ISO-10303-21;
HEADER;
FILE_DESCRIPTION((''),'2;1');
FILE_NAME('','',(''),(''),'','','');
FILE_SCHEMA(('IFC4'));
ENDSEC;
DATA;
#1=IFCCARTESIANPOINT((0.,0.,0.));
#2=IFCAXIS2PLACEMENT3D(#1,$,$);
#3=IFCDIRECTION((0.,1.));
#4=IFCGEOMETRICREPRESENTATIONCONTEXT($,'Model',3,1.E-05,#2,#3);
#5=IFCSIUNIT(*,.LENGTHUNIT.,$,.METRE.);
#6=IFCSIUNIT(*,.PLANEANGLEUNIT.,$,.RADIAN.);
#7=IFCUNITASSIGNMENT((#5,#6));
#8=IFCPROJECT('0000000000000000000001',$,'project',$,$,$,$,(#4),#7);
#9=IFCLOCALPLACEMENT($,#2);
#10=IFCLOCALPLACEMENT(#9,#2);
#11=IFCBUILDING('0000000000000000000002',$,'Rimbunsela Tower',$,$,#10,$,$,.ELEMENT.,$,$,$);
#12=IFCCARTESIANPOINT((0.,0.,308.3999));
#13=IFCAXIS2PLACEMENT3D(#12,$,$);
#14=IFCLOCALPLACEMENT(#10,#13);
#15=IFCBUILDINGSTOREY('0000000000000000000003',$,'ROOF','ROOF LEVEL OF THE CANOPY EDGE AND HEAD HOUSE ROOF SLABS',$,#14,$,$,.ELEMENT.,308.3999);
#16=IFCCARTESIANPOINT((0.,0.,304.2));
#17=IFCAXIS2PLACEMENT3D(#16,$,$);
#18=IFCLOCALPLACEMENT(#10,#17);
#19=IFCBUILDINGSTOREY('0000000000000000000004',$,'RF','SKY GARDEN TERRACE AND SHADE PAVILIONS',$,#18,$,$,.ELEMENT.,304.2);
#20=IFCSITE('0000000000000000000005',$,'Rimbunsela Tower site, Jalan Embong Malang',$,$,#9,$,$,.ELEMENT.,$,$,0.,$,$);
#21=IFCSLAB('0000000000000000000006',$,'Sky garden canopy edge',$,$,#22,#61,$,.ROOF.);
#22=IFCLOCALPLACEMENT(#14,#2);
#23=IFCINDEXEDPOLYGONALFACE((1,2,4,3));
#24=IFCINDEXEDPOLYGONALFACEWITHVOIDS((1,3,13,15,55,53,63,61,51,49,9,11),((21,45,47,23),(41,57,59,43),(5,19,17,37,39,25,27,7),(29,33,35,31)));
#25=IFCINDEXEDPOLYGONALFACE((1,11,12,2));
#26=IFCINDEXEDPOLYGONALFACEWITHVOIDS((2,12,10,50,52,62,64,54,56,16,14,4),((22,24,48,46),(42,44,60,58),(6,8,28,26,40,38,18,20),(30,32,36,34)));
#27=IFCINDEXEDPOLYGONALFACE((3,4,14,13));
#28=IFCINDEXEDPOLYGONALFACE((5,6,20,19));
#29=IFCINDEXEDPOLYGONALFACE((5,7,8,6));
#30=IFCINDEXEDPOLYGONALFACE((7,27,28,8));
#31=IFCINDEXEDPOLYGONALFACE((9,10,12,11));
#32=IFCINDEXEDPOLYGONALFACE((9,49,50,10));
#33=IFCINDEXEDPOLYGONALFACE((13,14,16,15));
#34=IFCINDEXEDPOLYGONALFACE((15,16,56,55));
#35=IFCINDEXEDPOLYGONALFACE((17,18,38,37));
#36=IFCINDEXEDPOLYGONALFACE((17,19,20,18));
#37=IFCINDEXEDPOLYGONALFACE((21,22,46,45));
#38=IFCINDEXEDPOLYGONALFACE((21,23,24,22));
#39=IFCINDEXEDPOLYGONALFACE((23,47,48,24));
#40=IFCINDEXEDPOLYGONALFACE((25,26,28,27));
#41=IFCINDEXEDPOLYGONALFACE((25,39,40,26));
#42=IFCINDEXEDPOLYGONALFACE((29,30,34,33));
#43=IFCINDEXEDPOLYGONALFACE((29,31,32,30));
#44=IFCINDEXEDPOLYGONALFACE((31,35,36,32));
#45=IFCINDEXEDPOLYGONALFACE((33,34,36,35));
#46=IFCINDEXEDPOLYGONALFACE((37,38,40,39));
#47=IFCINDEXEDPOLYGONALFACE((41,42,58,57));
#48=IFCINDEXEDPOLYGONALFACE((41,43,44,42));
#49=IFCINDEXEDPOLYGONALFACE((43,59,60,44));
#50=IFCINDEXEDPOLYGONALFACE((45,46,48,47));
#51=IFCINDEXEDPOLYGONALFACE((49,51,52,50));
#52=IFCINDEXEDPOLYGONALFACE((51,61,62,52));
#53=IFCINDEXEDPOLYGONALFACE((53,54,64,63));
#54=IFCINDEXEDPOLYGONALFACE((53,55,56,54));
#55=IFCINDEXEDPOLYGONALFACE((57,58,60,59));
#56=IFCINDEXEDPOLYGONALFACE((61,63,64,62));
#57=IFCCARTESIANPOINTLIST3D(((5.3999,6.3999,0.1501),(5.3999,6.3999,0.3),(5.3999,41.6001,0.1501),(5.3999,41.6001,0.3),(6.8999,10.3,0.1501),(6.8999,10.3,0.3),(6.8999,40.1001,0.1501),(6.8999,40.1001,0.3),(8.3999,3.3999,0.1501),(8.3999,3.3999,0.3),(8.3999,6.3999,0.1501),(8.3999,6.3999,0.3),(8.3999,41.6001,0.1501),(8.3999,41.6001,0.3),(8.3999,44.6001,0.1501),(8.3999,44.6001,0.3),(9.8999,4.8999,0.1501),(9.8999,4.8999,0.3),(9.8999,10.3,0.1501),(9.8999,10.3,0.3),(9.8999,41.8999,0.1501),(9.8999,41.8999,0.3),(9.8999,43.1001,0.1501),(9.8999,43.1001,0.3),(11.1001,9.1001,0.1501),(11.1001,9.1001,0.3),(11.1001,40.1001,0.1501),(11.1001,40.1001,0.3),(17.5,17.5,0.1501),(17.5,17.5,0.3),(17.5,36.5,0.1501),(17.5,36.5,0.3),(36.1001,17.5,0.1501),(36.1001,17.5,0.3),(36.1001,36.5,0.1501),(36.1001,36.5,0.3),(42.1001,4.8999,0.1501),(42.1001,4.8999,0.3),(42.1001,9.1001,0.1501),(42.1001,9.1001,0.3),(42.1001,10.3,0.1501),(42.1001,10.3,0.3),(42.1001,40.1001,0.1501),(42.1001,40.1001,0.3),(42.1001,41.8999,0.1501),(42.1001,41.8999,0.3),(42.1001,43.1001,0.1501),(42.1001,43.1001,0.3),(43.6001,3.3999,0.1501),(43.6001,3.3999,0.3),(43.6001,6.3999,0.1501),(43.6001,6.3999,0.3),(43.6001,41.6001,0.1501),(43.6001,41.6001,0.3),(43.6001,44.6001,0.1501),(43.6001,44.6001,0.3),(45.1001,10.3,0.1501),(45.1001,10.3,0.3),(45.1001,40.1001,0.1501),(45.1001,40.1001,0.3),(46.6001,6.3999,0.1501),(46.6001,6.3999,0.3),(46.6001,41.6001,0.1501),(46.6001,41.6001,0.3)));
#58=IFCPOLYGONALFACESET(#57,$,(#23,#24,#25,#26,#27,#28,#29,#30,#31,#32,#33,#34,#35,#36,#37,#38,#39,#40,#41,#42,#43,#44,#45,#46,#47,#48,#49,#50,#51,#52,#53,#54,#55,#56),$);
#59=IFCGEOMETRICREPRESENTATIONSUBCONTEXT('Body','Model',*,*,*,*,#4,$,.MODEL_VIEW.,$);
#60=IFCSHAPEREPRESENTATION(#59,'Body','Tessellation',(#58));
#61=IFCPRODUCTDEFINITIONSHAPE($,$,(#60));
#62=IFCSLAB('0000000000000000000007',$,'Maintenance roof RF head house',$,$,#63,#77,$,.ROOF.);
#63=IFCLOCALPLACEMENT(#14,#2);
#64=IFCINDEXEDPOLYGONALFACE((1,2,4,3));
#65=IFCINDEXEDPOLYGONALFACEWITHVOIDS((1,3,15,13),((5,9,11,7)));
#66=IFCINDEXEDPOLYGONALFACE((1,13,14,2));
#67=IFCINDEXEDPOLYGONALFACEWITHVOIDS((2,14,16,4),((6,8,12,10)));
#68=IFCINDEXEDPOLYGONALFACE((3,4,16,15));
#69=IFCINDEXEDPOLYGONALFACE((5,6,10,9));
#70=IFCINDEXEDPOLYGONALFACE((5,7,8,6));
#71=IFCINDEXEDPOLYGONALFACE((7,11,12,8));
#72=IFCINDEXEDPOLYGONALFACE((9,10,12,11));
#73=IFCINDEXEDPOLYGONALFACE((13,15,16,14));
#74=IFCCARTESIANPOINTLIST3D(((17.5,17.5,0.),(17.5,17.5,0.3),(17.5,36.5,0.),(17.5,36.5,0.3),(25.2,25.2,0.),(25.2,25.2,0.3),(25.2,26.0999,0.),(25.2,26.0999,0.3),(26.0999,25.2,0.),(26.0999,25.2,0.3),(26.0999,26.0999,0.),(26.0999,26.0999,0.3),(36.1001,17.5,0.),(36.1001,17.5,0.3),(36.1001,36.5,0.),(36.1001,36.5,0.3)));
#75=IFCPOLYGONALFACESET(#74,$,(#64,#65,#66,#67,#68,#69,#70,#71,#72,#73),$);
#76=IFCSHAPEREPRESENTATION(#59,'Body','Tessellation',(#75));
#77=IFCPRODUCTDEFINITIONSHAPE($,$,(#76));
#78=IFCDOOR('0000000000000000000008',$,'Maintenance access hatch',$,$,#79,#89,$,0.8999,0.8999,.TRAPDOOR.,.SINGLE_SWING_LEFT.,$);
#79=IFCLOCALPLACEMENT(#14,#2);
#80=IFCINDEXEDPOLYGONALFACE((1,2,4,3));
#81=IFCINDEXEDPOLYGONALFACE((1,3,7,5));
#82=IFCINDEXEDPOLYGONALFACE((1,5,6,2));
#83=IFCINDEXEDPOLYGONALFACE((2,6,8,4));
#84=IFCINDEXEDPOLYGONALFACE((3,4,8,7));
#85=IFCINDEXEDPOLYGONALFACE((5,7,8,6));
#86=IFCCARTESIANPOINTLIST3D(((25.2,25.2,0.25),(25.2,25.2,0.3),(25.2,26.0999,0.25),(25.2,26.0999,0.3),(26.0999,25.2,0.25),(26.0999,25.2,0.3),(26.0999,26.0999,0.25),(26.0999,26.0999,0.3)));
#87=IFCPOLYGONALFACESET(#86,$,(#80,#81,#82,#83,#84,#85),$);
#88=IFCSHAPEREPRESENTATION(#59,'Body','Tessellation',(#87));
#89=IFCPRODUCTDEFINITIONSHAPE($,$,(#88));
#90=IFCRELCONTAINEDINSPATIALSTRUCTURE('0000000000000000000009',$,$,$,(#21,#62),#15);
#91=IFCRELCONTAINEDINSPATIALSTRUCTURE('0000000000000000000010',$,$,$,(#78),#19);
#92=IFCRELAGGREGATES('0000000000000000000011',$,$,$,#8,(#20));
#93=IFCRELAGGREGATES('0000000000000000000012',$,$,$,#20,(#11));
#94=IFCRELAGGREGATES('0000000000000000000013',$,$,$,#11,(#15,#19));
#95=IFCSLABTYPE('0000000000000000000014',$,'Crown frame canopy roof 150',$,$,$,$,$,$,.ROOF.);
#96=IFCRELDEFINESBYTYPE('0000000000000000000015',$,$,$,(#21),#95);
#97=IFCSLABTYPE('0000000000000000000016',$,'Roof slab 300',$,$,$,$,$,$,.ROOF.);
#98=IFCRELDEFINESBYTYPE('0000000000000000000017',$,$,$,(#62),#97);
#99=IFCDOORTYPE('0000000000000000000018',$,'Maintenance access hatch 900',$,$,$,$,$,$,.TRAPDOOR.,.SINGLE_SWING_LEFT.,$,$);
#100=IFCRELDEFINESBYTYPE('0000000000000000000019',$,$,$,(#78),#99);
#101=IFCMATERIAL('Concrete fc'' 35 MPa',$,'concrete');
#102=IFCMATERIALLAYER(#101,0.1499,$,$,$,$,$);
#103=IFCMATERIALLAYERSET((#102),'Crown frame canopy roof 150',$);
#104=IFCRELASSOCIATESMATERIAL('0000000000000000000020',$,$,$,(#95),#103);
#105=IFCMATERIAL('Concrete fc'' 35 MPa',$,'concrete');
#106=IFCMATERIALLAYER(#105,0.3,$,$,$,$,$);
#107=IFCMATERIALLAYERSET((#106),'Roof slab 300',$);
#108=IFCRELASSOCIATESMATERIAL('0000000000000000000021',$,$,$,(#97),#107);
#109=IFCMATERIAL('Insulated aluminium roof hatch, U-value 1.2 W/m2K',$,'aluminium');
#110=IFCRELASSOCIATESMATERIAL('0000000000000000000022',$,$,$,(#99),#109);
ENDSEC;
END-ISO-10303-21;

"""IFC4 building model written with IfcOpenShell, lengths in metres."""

from ifc_helpers import new_model, si_unit, direction, frame, origin, origin_2d, place, context, subcontext, project, spatial, polyline, rectangle, outline, extrude, material, layer, layer_set, type_object, element, fill, save


model = new_model("IFC4")

# Units and contexts
model_context = context("Model", 3, precision=1e-05, world=origin(), true_north=direction((0.0, 1.0)))
body_context = subcontext(model_context, "Body", "Model", "MODEL_VIEW")
ifc_project = project(units=[si_unit("LENGTHUNIT", "METRE"), si_unit("PLANEANGLEUNIT", "RADIAN")], contexts=[model_context])

# Site, building, storey
site_placement = place(None, origin())
site = spatial("IfcSite", under=ifc_project, at=site_placement, Name="Rimbunsela Tower site, Jalan Embong Malang", CompositionType="ELEMENT", RefElevation=0.0)
building_placement = place(site_placement, origin())
building = spatial("IfcBuilding", under=site, at=building_placement, Name="Rimbunsela Tower", CompositionType="ELEMENT")
storey_1_placement = place(building_placement, frame((0.0, 0.0, 308.3999)))
storey_1 = spatial("IfcBuildingStorey", under=building, at=storey_1_placement, Name="ROOF", Description="ROOF LEVEL OF THE CANOPY EDGE AND HEAD HOUSE ROOF SLABS", CompositionType="ELEMENT", Elevation=308.3999)

# Slab
ifc_material_1 = material(Name="Concrete fc' 35 MPa", Category="concrete")
ifc_layer_1 = layer(ifc_material_1, 0.1499)
ifc_layer_set_1 = layer_set([ifc_layer_1], Name="Crown frame canopy roof 150")
slab_type_1 = type_object("IfcSlabType", Name="Crown frame canopy roof 150", PredefinedType="ROOF", material=ifc_layer_set_1)
slab_1_placement = place(storey_1_placement, frame((0.0, 0.0, 0.1501)))
element("IfcSlab", 1, at=slab_1_placement, inside=storey_1, type_object=slab_type_1, Name="Sky garden canopy edge", PredefinedType="ROOF", context=body_context, shape_type="SweptSolid", body=[
    extrude(outline(polyline([(5.3999, 6.3999), (5.3999, 41.6001), (8.3999, 41.6001), (8.3999, 44.6001), (43.6001, 44.6001), (43.6001, 41.6001), (46.6001, 41.6001), (46.6001, 6.3999), (43.6001, 6.3999), (43.6001, 3.3999), (8.3999, 3.3999), (8.3999, 6.3999), (5.3999, 6.3999)]), holes=[polyline([(17.5, 36.5), (17.5, 17.5), (36.1001, 17.5), (36.1001, 36.5), (17.5, 36.5)]), polyline([(42.1001, 9.1001), (11.1001, 9.1001), (11.1001, 40.1001), (6.8999, 40.1001), (6.8999, 10.3), (9.8999, 10.3), (9.8999, 4.8999), (42.1001, 4.8999), (42.1001, 9.1001)]), polyline([(45.1001, 10.3), (45.1001, 40.1001), (42.1001, 40.1001), (42.1001, 10.3), (45.1001, 10.3)]), polyline([(9.8999, 41.8999), (42.1001, 41.8999), (42.1001, 43.1001), (9.8999, 43.1001), (9.8999, 41.8999)])]), origin(), (0.0, 0.0, 1.0), 0.1499),
])

# Slab, opening
ifc_material_2 = material(Name="Concrete fc' 35 MPa", Category="concrete")
ifc_layer_2 = layer(ifc_material_2, 0.3)
ifc_layer_set_2 = layer_set([ifc_layer_2], Name="Roof slab 300")
slab_type_2 = type_object("IfcSlabType", Name="Roof slab 300", PredefinedType="ROOF", material=ifc_layer_set_2)
slab_2_placement = place(storey_1_placement, origin())
slab_2 = element("IfcSlab", 2, at=slab_2_placement, inside=storey_1, type_object=slab_type_2, Name="Maintenance roof RF head house", PredefinedType="ROOF", context=body_context, shape_type="SweptSolid", body=[
    extrude(outline(polyline([(17.5, 17.5), (36.1001, 17.5), (36.1001, 36.5), (17.5, 36.5), (17.5, 17.5)])), origin(), (0.0, 0.0, 1.0), 0.3),
])
opening_placement = place(slab_2_placement, frame((25.6499, 25.6499, 0.0)))
opening = element("IfcOpeningElement", 3, at=opening_placement, cuts=slab_2, PredefinedType="OPENING", context=body_context, shape_type="SweptSolid", body=[
    extrude(rectangle(XDim=0.8999, YDim=0.8999, at=origin_2d()), origin(), (0.0, 0.0, 1.0), 0.3),
])

# Shared definitions
storey_2_placement = place(building_placement, frame((0.0, 0.0, 304.2)))
storey_2 = spatial("IfcBuildingStorey", under=building, at=storey_2_placement, Name="RF", Description="SKY GARDEN TERRACE AND SHADE PAVILIONS", CompositionType="ELEMENT", Elevation=304.2)

# Door
ifc_material_3 = material(Name="Insulated aluminium roof hatch, U-value 1.2 W/m2K", Category="aluminium")
door_type = type_object("IfcDoorType", Name="Maintenance access hatch 900", OperationType="SINGLE_SWING_LEFT", PredefinedType="TRAPDOOR", material=ifc_material_3)
door_placement = place(opening_placement, frame((0.0, 0.0, 0.25)))
door = element("IfcDoor", 4, at=door_placement, inside=storey_2, type_object=door_type, Name="Maintenance access hatch", OperationType="SINGLE_SWING_LEFT", OverallHeight=0.8999, OverallWidth=0.8999, PredefinedType="TRAPDOOR", context=body_context, shape_type="SweptSolid", body=[
    extrude(rectangle(XDim=0.8999, YDim=0.8999, at=origin_2d()), origin(), (0.0, 0.0, 1.0), 0.05),
])
fill(opening, door)

save(model, "model.ifc")
